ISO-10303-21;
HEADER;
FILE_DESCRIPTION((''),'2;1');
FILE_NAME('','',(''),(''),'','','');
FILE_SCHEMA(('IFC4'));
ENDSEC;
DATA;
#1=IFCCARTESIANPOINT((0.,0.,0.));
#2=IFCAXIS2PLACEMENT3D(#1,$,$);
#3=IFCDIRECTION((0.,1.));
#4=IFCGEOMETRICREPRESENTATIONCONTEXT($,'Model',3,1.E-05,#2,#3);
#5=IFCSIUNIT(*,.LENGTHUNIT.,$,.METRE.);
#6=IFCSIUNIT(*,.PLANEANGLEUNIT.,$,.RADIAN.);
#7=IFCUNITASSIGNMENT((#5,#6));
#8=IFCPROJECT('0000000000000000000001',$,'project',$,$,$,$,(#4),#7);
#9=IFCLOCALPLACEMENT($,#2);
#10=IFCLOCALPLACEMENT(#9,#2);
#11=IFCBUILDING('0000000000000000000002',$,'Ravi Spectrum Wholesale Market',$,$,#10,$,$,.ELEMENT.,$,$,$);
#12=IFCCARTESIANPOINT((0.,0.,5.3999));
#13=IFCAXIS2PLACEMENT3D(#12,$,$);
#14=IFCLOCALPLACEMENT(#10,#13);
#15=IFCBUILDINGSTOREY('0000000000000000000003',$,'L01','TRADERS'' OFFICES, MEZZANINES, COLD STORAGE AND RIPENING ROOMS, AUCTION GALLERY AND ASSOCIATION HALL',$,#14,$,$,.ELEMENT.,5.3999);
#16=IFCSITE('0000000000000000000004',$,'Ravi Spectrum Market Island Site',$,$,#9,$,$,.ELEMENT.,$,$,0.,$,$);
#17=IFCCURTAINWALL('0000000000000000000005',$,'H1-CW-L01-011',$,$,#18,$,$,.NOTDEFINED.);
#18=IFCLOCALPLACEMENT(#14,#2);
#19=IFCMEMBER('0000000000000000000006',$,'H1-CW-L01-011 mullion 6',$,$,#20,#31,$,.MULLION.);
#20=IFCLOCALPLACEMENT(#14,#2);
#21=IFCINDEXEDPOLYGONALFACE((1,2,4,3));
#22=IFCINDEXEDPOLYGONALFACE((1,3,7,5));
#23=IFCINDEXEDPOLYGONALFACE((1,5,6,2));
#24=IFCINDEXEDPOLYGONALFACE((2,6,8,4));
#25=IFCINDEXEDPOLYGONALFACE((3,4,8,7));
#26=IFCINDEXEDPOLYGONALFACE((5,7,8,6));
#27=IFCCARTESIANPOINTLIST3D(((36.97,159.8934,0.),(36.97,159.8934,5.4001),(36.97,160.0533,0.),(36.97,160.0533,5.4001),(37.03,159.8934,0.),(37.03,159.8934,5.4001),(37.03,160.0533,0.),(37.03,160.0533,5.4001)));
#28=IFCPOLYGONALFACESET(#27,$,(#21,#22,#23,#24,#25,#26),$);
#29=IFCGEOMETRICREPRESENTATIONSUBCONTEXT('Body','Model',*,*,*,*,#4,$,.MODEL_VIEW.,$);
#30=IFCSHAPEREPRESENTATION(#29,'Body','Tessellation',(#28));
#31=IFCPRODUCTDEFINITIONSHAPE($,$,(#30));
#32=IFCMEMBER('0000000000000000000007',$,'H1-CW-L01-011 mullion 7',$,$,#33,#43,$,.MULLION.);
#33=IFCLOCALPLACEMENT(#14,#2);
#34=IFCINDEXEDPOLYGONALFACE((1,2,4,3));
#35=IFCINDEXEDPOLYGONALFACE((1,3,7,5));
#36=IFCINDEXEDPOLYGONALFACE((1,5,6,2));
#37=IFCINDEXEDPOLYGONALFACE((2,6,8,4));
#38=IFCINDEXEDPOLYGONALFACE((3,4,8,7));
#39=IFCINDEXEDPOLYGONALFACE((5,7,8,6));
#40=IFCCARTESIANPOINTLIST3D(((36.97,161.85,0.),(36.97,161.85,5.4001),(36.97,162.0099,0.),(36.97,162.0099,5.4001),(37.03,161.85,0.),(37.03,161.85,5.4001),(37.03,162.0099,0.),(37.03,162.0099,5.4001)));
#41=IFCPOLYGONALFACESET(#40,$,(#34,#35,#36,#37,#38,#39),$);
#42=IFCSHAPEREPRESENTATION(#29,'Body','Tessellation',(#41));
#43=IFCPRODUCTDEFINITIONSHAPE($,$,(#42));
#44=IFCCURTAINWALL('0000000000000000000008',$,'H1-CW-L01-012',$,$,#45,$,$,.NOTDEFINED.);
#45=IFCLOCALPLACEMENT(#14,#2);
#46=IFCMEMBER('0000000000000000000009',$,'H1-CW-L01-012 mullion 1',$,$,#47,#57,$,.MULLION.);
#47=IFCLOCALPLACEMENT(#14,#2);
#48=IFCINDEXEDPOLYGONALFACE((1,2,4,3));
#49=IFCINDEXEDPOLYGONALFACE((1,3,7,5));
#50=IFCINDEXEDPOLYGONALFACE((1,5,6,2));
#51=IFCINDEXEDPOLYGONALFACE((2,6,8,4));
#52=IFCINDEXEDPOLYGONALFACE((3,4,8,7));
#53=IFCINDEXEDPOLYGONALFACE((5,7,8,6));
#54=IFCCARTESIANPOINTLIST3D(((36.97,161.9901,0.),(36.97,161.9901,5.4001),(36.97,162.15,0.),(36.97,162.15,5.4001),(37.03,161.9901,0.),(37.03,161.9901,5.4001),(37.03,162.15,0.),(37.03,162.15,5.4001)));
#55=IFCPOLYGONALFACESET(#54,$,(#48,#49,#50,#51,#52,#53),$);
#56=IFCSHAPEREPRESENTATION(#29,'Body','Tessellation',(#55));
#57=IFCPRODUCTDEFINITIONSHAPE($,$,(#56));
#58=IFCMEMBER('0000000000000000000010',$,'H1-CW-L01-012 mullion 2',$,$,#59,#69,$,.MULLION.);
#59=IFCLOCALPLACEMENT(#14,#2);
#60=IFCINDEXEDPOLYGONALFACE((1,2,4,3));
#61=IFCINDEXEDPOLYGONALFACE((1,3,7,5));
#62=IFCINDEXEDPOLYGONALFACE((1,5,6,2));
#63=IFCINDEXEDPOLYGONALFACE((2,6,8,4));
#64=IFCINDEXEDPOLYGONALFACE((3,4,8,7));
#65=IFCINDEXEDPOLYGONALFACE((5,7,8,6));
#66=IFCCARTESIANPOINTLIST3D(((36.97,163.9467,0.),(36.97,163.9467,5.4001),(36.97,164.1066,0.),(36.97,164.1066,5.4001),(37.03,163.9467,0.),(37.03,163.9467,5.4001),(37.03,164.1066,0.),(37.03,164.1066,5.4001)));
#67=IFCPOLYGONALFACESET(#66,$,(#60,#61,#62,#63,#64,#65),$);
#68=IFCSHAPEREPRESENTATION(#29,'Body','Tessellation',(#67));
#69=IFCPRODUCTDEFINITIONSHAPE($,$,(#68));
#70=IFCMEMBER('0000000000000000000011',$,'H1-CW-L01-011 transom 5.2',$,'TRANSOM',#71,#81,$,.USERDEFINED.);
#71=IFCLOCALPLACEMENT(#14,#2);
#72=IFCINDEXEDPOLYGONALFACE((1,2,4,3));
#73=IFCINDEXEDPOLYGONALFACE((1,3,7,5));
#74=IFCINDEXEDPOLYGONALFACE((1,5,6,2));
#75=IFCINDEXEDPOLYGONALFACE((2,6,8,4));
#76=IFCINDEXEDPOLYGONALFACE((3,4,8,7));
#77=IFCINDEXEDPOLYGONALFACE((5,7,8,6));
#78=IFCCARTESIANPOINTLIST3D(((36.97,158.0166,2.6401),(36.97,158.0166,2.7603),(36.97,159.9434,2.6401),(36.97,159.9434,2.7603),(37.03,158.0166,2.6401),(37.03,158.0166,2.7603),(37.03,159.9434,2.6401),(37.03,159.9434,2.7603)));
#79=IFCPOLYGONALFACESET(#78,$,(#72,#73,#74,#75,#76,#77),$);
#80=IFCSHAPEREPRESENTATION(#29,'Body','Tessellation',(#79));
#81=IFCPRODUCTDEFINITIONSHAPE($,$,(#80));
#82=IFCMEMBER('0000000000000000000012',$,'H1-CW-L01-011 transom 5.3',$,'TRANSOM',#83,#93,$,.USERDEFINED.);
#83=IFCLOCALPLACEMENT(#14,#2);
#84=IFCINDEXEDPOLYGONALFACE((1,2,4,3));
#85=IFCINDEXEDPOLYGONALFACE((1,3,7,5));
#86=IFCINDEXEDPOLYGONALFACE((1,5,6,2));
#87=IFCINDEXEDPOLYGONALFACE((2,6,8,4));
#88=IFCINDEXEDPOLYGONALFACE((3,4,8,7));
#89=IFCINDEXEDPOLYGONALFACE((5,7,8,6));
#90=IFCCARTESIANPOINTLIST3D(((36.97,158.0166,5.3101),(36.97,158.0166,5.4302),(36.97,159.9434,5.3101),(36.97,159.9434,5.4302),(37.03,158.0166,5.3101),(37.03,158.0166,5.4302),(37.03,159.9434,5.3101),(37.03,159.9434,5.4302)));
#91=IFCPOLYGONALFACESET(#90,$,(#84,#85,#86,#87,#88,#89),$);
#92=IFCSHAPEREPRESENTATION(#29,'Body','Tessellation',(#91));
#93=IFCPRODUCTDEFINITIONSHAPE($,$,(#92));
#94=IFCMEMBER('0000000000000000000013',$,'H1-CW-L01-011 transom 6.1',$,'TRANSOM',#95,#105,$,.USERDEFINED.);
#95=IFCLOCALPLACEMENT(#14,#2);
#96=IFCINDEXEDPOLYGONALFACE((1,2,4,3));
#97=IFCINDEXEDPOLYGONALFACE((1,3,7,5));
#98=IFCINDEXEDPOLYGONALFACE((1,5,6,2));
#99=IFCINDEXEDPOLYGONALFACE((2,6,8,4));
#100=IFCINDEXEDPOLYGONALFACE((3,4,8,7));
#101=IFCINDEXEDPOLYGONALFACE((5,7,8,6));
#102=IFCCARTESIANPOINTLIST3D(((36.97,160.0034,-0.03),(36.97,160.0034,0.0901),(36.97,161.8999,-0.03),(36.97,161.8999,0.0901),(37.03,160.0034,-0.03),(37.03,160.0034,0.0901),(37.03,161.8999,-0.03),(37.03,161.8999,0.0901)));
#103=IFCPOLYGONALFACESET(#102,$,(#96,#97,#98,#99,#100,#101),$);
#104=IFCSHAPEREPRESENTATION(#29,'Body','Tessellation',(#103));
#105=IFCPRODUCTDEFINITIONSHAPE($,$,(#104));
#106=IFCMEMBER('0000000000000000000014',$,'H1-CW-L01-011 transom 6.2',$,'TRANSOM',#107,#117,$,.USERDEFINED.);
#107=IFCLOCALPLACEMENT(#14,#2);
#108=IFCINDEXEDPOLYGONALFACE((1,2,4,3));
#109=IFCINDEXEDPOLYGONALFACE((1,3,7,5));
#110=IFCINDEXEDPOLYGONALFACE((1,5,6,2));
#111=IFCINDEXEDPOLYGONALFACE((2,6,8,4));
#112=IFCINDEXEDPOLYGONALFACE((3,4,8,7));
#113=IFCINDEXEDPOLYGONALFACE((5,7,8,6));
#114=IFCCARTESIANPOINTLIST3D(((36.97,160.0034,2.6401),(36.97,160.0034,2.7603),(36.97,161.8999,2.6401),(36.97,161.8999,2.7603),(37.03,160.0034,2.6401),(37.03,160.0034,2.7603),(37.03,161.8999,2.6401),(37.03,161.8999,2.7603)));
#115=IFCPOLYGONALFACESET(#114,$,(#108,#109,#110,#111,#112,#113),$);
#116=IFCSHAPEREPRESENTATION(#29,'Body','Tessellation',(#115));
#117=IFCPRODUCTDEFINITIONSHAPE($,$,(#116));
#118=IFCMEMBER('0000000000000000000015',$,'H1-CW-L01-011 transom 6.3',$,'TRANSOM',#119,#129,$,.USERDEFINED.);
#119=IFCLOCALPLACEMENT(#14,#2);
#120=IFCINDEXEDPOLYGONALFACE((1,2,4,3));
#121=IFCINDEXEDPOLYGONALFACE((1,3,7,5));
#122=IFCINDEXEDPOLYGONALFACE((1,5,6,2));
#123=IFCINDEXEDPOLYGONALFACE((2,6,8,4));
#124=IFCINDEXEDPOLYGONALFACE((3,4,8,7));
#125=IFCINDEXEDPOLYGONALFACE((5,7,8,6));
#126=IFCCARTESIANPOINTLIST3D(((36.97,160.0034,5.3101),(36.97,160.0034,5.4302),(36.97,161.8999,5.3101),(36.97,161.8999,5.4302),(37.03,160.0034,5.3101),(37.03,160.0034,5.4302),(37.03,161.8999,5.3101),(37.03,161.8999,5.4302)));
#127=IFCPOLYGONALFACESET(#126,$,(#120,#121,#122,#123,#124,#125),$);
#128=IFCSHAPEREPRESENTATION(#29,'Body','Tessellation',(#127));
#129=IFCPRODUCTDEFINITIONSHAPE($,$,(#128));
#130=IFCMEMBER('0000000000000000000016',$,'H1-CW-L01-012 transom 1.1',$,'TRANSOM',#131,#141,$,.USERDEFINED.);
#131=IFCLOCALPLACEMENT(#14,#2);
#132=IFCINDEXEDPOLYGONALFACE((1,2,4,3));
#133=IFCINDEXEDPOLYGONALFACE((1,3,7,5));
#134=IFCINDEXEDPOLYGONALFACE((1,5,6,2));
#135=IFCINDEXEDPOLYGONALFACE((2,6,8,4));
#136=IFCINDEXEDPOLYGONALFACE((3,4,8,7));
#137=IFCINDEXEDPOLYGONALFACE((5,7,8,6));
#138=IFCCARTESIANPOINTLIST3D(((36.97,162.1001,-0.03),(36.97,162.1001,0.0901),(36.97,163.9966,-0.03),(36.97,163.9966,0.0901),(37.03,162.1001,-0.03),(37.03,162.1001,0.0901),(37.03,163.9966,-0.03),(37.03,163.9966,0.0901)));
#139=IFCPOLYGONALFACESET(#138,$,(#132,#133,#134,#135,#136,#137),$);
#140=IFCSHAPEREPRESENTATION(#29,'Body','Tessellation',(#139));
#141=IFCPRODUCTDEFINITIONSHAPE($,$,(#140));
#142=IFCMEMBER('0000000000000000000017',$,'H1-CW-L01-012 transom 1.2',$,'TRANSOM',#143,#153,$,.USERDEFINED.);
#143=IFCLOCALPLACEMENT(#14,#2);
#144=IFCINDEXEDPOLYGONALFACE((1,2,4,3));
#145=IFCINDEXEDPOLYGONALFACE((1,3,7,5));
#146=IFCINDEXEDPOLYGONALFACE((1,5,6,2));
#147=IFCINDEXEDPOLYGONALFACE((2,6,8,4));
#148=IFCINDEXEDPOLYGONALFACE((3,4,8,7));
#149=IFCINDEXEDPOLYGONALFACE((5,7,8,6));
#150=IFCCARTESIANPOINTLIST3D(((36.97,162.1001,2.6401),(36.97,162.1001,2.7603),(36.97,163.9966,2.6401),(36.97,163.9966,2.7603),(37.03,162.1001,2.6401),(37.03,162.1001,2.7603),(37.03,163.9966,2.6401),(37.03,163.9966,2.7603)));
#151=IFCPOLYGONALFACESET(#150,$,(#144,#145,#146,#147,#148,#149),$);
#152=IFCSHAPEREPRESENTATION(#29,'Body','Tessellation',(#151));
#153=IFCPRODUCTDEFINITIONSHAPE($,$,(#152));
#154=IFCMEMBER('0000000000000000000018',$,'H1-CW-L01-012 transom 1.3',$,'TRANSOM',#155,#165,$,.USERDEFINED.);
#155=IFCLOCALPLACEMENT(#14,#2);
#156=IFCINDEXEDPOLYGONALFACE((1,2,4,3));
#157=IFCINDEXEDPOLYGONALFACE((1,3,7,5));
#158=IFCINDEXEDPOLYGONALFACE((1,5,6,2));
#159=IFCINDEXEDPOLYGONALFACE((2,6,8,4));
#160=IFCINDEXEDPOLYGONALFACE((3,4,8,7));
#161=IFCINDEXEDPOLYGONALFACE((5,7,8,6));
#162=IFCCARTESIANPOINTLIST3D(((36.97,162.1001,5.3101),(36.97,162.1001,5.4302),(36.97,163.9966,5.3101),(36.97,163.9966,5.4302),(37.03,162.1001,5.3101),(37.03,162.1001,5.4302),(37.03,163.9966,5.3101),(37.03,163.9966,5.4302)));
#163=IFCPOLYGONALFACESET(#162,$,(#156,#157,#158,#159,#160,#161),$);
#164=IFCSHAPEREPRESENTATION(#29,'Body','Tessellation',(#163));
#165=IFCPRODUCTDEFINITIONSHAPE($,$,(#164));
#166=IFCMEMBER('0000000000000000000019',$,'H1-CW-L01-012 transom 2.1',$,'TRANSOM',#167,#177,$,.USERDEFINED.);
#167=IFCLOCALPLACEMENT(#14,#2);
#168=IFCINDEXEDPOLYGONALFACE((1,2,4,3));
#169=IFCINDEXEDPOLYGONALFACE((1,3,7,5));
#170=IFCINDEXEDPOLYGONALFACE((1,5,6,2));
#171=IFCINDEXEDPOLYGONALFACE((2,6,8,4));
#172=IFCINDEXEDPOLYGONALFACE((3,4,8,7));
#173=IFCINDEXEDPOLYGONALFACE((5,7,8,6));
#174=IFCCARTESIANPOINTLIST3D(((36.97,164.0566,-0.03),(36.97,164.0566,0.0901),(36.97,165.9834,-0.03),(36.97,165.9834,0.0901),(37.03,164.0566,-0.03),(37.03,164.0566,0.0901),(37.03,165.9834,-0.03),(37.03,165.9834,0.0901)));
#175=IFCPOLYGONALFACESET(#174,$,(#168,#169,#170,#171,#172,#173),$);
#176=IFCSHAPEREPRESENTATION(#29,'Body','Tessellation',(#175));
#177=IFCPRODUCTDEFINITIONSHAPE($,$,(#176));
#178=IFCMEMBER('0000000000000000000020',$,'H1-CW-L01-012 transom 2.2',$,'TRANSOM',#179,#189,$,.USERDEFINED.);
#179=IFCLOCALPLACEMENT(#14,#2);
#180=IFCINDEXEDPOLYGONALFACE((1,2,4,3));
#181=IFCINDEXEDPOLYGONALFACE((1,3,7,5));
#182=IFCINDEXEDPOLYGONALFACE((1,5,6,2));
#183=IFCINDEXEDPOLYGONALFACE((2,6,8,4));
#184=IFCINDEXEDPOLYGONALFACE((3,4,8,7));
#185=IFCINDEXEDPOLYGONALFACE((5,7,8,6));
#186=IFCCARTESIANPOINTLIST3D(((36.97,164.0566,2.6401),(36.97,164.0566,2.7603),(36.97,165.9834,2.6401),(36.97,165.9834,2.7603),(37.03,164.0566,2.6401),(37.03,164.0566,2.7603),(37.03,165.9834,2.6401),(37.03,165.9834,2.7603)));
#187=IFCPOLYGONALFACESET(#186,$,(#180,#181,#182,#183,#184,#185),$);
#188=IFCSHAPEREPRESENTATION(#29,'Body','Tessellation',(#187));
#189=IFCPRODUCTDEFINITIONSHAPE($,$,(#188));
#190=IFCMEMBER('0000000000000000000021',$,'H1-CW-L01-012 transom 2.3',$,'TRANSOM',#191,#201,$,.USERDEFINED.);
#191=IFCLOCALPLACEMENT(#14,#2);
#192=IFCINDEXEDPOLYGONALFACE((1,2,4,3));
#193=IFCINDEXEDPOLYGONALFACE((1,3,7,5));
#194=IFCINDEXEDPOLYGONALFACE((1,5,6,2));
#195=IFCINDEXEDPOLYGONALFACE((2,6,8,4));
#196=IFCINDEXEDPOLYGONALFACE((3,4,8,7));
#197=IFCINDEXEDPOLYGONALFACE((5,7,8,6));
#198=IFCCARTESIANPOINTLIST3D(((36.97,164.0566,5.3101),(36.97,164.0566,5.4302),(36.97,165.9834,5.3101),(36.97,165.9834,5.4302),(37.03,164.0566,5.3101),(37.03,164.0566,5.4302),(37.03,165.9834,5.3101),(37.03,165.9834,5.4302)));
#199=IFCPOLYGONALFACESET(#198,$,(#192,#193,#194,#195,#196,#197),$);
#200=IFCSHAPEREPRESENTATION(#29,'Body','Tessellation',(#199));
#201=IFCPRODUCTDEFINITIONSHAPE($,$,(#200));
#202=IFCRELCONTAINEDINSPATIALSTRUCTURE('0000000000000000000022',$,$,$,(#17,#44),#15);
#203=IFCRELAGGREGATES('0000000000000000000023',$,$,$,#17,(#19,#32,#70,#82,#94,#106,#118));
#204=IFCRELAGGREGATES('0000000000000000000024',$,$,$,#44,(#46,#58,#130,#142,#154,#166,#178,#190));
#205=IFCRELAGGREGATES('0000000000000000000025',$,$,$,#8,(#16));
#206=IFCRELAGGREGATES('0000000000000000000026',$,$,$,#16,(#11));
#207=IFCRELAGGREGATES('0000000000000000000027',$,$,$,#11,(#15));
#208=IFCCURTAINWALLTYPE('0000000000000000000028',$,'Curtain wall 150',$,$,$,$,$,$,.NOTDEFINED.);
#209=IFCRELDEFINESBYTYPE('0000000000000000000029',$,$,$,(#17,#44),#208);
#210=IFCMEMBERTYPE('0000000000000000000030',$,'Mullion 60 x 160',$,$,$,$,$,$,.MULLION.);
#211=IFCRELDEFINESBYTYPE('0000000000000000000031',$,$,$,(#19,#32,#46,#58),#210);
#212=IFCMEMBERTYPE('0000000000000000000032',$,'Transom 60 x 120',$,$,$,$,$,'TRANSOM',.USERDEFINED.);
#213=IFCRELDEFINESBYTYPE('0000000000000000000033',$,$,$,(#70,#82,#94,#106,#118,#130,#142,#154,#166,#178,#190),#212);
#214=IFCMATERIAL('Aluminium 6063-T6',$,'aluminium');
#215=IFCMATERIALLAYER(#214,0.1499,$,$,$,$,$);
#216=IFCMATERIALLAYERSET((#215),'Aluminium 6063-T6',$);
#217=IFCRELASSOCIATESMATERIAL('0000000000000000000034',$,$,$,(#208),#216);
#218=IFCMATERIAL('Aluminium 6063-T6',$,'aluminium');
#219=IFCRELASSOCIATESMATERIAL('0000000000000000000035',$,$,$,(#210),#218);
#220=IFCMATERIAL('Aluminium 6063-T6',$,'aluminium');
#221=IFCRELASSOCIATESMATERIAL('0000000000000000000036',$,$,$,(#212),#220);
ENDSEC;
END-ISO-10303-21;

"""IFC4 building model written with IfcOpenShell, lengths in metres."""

from ifc_helpers import new_model, si_unit, direction, frame, origin, origin_2d, place, context, subcontext, project, spatial, rectangle, extrude, material, layer, layer_set, material_profile, profile_set, type_object, element, aggregate, save


model = new_model("IFC4")

# Units and contexts
model_context = context("Model", 3, precision=1e-05, world=origin(), true_north=direction((0.0, 1.0)))
body_context = subcontext(model_context, "Body", "Model", "MODEL_VIEW")
ifc_project = project(units=[si_unit("LENGTHUNIT", "METRE"), si_unit("PLANEANGLEUNIT", "RADIAN")], contexts=[model_context])

# Site, building, storey
site_placement = place(None, origin())
site = spatial("IfcSite", under=ifc_project, at=site_placement, Name="Ravi Spectrum Market Island Site", CompositionType="ELEMENT", RefElevation=0.0)
building_placement = place(site_placement, origin())
building = spatial("IfcBuilding", under=site, at=building_placement, Name="Ravi Spectrum Wholesale Market", CompositionType="ELEMENT")
storey_placement = place(building_placement, frame((0.0, 0.0, 5.3999)))
storey = spatial("IfcBuildingStorey", under=building, at=storey_placement, Name="L01", Description="TRADERS' OFFICES, MEZZANINES, COLD STORAGE AND RIPENING ROOMS, AUCTION GALLERY AND ASSOCIATION HALL", CompositionType="ELEMENT", Elevation=5.3999)

# Curtain walls, members
ifc_material_1 = material(Name="Aluminium 6063-T6", Category="aluminium")
ifc_layer_1 = layer(ifc_material_1, 0.1499)
ifc_layer_set_1 = layer_set([ifc_layer_1], Name="Aluminium 6063-T6")
curtain_wall_type = type_object("IfcCurtainWallType", Name="Curtain wall 150", PredefinedType="NOTDEFINED", material=ifc_layer_set_1)
curtain_wall_1_placement = place(storey_placement, origin())
curtain_wall_1 = element("IfcCurtainWall", 1, at=curtain_wall_1_placement, inside=storey, type_object=curtain_wall_type, Name="H1-CW-L01-011", PredefinedType="NOTDEFINED")
ifc_material_2 = material(Name="Aluminium 6063-T6", Category="aluminium")
ifc_material_profile_1 = material_profile(ifc_material_2, rectangle(XDim=0.0601, YDim=0.1599, at=origin_2d()))
ifc_profile_set_1 = profile_set([ifc_material_profile_1], Name="Aluminium 6063-T6")
member_type_1 = type_object("IfcMemberType", Name="Mullion 60 x 160", PredefinedType="MULLION", material=ifc_profile_set_1)
member_1_placement = place(storey_placement, frame((37.0, 159.9734, 0.0), z_axis=(0.0, 0.0, 1.0), x_axis=(-1.0, 0.0, 0.0)))
member_1 = element("IfcMember", 2, at=member_1_placement, type_object=member_type_1, Name="H1-CW-L01-011 mullion 6", PredefinedType="MULLION", context=body_context, shape_type="SweptSolid", body=[
    extrude(rectangle(XDim=0.0601, YDim=0.1599, at=origin_2d()), origin(), (0.0, 0.0, 1.0), 5.4001),
])
member_2_placement = place(storey_placement, frame((37.0, 161.9299, 0.0), z_axis=(0.0, 0.0, 1.0), x_axis=(-1.0, 0.0, 0.0)))
member_2 = element("IfcMember", 3, at=member_2_placement, type_object=member_type_1, Name="H1-CW-L01-011 mullion 7", PredefinedType="MULLION", context=body_context, shape_type="SweptSolid", body=[
    extrude(rectangle(XDim=0.0601, YDim=0.1599, at=origin_2d()), origin(), (0.0, 0.0, 1.0), 5.4001),
])
curtain_wall_2_placement = place(storey_placement, origin())
curtain_wall_2 = element("IfcCurtainWall", 4, at=curtain_wall_2_placement, inside=storey, type_object=curtain_wall_type, Name="H1-CW-L01-012", PredefinedType="NOTDEFINED")
member_3_placement = place(storey_placement, frame((37.0, 162.0701, 0.0), z_axis=(0.0, 0.0, 1.0), x_axis=(-1.0, 0.0, 0.0)))
member_3 = element("IfcMember", 5, at=member_3_placement, type_object=member_type_1, Name="H1-CW-L01-012 mullion 1", PredefinedType="MULLION", context=body_context, shape_type="SweptSolid", body=[
    extrude(rectangle(XDim=0.0601, YDim=0.1599, at=origin_2d()), origin(), (0.0, 0.0, 1.0), 5.4001),
])
member_4_placement = place(storey_placement, frame((37.0, 164.0266, 0.0), z_axis=(0.0, 0.0, 1.0), x_axis=(-1.0, 0.0, 0.0)))
member_4 = element("IfcMember", 6, at=member_4_placement, type_object=member_type_1, Name="H1-CW-L01-012 mullion 2", PredefinedType="MULLION", context=body_context, shape_type="SweptSolid", body=[
    extrude(rectangle(XDim=0.0601, YDim=0.1599, at=origin_2d()), origin(), (0.0, 0.0, 1.0), 5.4001),
])

# Members
ifc_material_3 = material(Name="Aluminium 6063-T6", Category="aluminium")
ifc_material_profile_2 = material_profile(ifc_material_3, rectangle(XDim=0.0601, YDim=0.1201, at=origin_2d()))
ifc_profile_set_2 = profile_set([ifc_material_profile_2], Name="Aluminium 6063-T6")
member_type_2 = type_object("IfcMemberType", Name="Transom 60 x 120", ElementType="TRANSOM", PredefinedType="USERDEFINED", material=ifc_profile_set_2)
member_5_placement = place(storey_placement, frame((37.0, 158.0166, 2.7002), z_axis=(0.0, 1.0, 0.0), x_axis=(-1.0, 0.0, 0.0)))
member_5 = element("IfcMember", 7, at=member_5_placement, type_object=member_type_2, Name="H1-CW-L01-011 transom 5.2", ObjectType="TRANSOM", PredefinedType="USERDEFINED", context=body_context, shape_type="SweptSolid", body=[
    extrude(rectangle(XDim=0.0601, YDim=0.1201, at=origin_2d()), origin(), (0.0, 0.0, 1.0), 1.9268),
])
member_6_placement = place(storey_placement, frame((37.0, 158.0166, 5.3701), z_axis=(0.0, 1.0, 0.0), x_axis=(-1.0, 0.0, 0.0)))
member_6 = element("IfcMember", 8, at=member_6_placement, type_object=member_type_2, Name="H1-CW-L01-011 transom 5.3", ObjectType="TRANSOM", PredefinedType="USERDEFINED", context=body_context, shape_type="SweptSolid", body=[
    extrude(rectangle(XDim=0.0601, YDim=0.1201, at=origin_2d()), origin(), (0.0, 0.0, 1.0), 1.9268),
])
member_7_placement = place(storey_placement, frame((37.0, 160.0034, 0.03), z_axis=(0.0, 1.0, 0.0), x_axis=(-1.0, 0.0, 0.0)))
member_7 = element("IfcMember", 9, at=member_7_placement, type_object=member_type_2, Name="H1-CW-L01-011 transom 6.1", ObjectType="TRANSOM", PredefinedType="USERDEFINED", context=body_context, shape_type="SweptSolid", body=[
    extrude(rectangle(XDim=0.0601, YDim=0.1201, at=origin_2d()), origin(), (0.0, 0.0, 1.0), 1.8965),
])
member_8_placement = place(storey_placement, frame((37.0, 160.0034, 2.7002), z_axis=(0.0, 1.0, 0.0), x_axis=(-1.0, 0.0, 0.0)))
member_8 = element("IfcMember", 10, at=member_8_placement, type_object=member_type_2, Name="H1-CW-L01-011 transom 6.2", ObjectType="TRANSOM", PredefinedType="USERDEFINED", context=body_context, shape_type="SweptSolid", body=[
    extrude(rectangle(XDim=0.0601, YDim=0.1201, at=origin_2d()), origin(), (0.0, 0.0, 1.0), 1.8965),
])
member_9_placement = place(storey_placement, frame((37.0, 160.0034, 5.3701), z_axis=(0.0, 1.0, 0.0), x_axis=(-1.0, 0.0, 0.0)))
member_9 = element("IfcMember", 11, at=member_9_placement, type_object=member_type_2, Name="H1-CW-L01-011 transom 6.3", ObjectType="TRANSOM", PredefinedType="USERDEFINED", context=body_context, shape_type="SweptSolid", body=[
    extrude(rectangle(XDim=0.0601, YDim=0.1201, at=origin_2d()), origin(), (0.0, 0.0, 1.0), 1.8965),
])
member_10_placement = place(storey_placement, frame((37.0, 162.1001, 0.03), z_axis=(0.0, 1.0, 0.0), x_axis=(-1.0, 0.0, 0.0)))
member_10 = element("IfcMember", 12, at=member_10_placement, type_object=member_type_2, Name="H1-CW-L01-012 transom 1.1", ObjectType="TRANSOM", PredefinedType="USERDEFINED", context=body_context, shape_type="SweptSolid", body=[
    extrude(rectangle(XDim=0.0601, YDim=0.1201, at=origin_2d()), origin(), (0.0, 0.0, 1.0), 1.8965),
])
member_11_placement = place(storey_placement, frame((37.0, 162.1001, 2.7002), z_axis=(0.0, 1.0, 0.0), x_axis=(-1.0, 0.0, 0.0)))
member_11 = element("IfcMember", 13, at=member_11_placement, type_object=member_type_2, Name="H1-CW-L01-012 transom 1.2", ObjectType="TRANSOM", PredefinedType="USERDEFINED", context=body_context, shape_type="SweptSolid", body=[
    extrude(rectangle(XDim=0.0601, YDim=0.1201, at=origin_2d()), origin(), (0.0, 0.0, 1.0), 1.8965),
])
member_12_placement = place(storey_placement, frame((37.0, 162.1001, 5.3701), z_axis=(0.0, 1.0, 0.0), x_axis=(-1.0, 0.0, 0.0)))
member_12 = element("IfcMember", 14, at=member_12_placement, type_object=member_type_2, Name="H1-CW-L01-012 transom 1.3", ObjectType="TRANSOM", PredefinedType="USERDEFINED", context=body_context, shape_type="SweptSolid", body=[
    extrude(rectangle(XDim=0.0601, YDim=0.1201, at=origin_2d()), origin(), (0.0, 0.0, 1.0), 1.8965),
])
member_13_placement = place(storey_placement, frame((37.0, 164.0566, 0.03), z_axis=(0.0, 1.0, 0.0), x_axis=(-1.0, 0.0, 0.0)))
member_13 = element("IfcMember", 15, at=member_13_placement, type_object=member_type_2, Name="H1-CW-L01-012 transom 2.1", ObjectType="TRANSOM", PredefinedType="USERDEFINED", context=body_context, shape_type="SweptSolid", body=[
    extrude(rectangle(XDim=0.0601, YDim=0.1201, at=origin_2d()), origin(), (0.0, 0.0, 1.0), 1.9268),
])
member_14_placement = place(storey_placement, frame((37.0, 164.0566, 2.7002), z_axis=(0.0, 1.0, 0.0), x_axis=(-1.0, 0.0, 0.0)))
member_14 = element("IfcMember", 16, at=member_14_placement, type_object=member_type_2, Name="H1-CW-L01-012 transom 2.2", ObjectType="TRANSOM", PredefinedType="USERDEFINED", context=body_context, shape_type="SweptSolid", body=[
    extrude(rectangle(XDim=0.0601, YDim=0.1201, at=origin_2d()), origin(), (0.0, 0.0, 1.0), 1.9268),
])
member_15_placement = place(storey_placement, frame((37.0, 164.0566, 5.3701), z_axis=(0.0, 1.0, 0.0), x_axis=(-1.0, 0.0, 0.0)))
member_15 = element("IfcMember", 17, at=member_15_placement, type_object=member_type_2, Name="H1-CW-L01-012 transom 2.3", ObjectType="TRANSOM", PredefinedType="USERDEFINED", context=body_context, shape_type="SweptSolid", body=[
    extrude(rectangle(XDim=0.0601, YDim=0.1201, at=origin_2d()), origin(), (0.0, 0.0, 1.0), 1.9268),
])

aggregate(curtain_wall_1, [member_1, member_2, member_5, member_6, member_7, member_8, member_9])
aggregate(curtain_wall_2, [member_3, member_4, member_10, member_11, member_12, member_13, member_14, member_15])

save(model, "model.ifc")
